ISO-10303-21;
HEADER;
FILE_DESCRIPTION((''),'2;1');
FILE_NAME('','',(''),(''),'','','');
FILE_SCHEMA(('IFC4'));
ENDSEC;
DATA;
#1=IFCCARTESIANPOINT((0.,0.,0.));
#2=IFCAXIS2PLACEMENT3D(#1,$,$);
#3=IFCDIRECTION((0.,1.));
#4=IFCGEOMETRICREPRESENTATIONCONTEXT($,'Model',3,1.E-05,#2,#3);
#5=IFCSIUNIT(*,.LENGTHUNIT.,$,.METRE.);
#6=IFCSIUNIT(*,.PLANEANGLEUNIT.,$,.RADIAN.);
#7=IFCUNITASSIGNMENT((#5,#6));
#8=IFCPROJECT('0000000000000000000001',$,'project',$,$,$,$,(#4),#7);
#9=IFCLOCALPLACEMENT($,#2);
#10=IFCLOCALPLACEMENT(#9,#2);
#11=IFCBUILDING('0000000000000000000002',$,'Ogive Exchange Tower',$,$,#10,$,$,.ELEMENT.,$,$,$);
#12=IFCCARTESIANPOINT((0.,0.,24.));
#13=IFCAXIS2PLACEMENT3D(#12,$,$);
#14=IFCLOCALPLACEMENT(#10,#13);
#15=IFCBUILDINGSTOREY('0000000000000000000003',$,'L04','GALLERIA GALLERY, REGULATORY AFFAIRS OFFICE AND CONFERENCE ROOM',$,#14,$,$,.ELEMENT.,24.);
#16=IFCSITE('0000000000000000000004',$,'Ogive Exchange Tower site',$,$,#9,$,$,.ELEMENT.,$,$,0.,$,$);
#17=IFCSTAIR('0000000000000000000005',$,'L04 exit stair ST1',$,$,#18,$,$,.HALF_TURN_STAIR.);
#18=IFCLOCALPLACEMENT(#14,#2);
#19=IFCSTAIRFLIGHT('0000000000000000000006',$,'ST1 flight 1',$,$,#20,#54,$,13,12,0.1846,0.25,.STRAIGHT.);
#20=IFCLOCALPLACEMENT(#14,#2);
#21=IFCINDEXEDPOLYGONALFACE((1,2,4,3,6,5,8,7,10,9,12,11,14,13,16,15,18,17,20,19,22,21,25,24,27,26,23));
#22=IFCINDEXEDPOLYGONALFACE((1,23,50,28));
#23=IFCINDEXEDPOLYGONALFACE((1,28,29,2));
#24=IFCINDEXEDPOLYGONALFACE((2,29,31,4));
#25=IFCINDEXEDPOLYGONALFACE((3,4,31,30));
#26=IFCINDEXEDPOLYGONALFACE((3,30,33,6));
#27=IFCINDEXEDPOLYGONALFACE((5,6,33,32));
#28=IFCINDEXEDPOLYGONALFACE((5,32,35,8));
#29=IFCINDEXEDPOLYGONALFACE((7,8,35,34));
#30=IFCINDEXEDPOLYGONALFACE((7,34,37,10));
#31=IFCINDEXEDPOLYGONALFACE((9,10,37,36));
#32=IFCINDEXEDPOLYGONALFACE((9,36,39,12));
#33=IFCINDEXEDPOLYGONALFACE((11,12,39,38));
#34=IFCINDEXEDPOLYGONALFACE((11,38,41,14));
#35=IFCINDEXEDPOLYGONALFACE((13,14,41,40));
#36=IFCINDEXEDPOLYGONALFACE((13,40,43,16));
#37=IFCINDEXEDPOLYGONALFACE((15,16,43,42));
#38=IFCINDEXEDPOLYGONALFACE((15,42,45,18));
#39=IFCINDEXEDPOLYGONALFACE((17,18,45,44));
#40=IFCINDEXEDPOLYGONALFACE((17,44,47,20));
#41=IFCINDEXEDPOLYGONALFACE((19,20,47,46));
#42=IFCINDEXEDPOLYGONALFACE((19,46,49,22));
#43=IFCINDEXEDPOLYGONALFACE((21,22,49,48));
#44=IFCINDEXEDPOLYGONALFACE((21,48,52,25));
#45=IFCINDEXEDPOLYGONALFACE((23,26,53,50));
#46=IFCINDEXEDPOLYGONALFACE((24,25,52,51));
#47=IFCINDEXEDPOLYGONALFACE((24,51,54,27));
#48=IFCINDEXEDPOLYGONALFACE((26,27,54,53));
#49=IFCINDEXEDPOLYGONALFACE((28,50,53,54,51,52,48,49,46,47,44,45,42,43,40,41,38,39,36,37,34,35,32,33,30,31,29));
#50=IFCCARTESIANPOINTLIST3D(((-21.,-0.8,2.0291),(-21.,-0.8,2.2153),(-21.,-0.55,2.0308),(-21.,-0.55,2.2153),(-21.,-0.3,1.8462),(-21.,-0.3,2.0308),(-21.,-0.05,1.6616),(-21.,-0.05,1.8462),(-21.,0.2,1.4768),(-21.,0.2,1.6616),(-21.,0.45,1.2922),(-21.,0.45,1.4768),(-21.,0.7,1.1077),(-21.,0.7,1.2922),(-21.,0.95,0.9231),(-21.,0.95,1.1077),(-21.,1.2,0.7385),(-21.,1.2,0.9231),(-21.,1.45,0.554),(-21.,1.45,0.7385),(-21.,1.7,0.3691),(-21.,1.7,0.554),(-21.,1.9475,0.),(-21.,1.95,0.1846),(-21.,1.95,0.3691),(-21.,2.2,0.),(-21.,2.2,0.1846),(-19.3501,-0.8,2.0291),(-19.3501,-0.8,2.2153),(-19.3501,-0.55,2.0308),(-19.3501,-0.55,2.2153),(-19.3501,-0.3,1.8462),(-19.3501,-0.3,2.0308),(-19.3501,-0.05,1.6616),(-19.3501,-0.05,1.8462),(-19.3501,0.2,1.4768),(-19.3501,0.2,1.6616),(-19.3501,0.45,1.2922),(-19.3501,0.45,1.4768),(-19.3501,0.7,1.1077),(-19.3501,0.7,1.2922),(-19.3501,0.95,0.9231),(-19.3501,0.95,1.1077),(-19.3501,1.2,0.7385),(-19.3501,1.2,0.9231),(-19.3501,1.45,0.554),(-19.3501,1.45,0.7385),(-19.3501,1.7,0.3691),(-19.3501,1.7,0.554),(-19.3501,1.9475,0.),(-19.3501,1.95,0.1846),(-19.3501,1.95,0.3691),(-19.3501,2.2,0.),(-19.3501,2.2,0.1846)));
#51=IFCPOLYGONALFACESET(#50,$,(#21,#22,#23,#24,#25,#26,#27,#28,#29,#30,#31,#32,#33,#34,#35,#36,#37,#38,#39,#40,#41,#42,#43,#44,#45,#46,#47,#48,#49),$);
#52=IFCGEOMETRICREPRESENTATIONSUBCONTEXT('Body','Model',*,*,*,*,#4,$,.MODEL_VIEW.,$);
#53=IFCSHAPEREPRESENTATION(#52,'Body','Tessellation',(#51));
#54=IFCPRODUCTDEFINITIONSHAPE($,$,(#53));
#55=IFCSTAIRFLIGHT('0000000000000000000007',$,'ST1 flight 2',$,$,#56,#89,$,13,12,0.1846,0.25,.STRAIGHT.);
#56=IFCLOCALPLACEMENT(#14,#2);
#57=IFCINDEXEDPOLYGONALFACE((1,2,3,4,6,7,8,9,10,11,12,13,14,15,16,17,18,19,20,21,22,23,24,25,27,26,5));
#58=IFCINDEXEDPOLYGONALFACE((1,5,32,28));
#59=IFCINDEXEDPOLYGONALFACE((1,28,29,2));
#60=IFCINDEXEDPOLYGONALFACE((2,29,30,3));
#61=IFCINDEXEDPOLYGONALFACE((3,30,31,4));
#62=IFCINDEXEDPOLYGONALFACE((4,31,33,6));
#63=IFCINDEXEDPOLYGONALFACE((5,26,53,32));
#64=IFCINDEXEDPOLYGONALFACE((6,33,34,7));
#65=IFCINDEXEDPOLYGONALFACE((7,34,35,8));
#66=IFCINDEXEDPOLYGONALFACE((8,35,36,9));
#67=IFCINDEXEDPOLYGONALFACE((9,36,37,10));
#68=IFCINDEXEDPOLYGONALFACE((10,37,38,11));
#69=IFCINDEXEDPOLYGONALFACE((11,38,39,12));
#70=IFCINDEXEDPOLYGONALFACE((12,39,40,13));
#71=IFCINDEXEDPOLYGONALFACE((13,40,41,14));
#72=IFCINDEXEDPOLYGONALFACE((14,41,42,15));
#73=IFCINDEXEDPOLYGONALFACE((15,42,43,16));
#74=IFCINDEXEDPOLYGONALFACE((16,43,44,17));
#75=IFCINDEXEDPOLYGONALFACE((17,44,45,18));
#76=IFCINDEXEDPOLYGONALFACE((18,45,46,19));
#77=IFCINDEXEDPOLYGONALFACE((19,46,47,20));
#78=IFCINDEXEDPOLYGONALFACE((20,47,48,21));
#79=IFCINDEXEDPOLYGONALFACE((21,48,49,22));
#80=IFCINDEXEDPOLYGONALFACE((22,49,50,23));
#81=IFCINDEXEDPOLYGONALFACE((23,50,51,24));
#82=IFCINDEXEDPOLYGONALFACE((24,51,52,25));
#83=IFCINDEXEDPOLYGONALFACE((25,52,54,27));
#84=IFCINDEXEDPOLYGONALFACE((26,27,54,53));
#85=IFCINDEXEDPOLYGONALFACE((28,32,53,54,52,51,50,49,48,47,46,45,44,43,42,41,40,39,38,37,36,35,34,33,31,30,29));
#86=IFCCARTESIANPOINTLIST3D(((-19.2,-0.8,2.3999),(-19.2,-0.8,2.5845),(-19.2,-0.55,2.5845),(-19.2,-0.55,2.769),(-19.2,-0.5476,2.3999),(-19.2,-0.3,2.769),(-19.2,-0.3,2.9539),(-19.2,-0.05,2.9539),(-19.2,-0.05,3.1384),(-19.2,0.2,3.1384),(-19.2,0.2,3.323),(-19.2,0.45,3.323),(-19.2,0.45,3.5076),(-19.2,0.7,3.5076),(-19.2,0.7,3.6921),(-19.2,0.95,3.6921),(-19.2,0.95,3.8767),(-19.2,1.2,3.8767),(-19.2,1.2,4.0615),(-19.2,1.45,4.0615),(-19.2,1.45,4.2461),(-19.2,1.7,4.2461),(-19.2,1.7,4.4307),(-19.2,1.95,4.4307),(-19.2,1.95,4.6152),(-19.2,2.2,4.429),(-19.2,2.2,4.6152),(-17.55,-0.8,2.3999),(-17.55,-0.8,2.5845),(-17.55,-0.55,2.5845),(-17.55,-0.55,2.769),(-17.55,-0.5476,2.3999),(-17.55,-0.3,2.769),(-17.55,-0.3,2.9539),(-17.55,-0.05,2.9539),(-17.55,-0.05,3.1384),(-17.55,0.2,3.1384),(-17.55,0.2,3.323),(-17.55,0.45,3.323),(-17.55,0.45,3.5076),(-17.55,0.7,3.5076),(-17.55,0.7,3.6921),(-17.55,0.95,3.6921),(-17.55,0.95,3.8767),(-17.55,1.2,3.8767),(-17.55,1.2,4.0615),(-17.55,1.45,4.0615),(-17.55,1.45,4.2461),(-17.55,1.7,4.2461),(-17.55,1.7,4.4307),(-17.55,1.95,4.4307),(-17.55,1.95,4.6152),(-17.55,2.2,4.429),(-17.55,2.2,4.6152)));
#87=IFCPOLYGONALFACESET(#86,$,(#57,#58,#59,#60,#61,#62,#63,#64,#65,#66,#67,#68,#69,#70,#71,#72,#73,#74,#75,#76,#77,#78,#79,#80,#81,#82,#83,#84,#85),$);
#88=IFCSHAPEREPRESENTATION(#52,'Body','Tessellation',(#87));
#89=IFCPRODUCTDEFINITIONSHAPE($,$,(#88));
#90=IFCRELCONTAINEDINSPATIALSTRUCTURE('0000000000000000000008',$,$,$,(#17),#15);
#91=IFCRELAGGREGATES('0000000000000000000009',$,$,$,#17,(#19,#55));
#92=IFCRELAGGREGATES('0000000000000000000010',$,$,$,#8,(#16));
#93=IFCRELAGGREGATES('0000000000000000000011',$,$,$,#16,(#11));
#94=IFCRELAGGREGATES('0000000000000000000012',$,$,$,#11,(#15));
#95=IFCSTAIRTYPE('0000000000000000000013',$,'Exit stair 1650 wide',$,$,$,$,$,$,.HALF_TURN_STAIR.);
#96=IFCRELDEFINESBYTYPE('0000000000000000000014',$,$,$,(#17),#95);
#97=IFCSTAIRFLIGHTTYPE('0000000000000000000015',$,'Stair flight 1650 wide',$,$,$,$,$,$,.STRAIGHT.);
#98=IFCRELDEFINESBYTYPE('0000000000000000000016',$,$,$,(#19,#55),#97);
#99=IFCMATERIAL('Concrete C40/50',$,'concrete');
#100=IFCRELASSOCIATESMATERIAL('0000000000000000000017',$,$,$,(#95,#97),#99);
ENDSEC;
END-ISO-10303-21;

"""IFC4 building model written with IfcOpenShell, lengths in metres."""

from ifc_helpers import new_model, si_unit, direction, frame, origin, place, context, subcontext, project, spatial, polyline, outline, extrude, material, type_object, element, aggregate, save


model = new_model("IFC4")

# Units and contexts
model_context = context("Model", 3, precision=1e-05, world=origin(), true_north=direction((0.0, 1.0)))
body_context = subcontext(model_context, "Body", "Model", "MODEL_VIEW")
ifc_project = project(units=[si_unit("LENGTHUNIT", "METRE"), si_unit("PLANEANGLEUNIT", "RADIAN")], contexts=[model_context])

# Site, building, storey
site_placement = place(None, origin())
site = spatial("IfcSite", under=ifc_project, at=site_placement, Name="Ogive Exchange Tower site", CompositionType="ELEMENT", RefElevation=0.0)
building_placement = place(site_placement, origin())
building = spatial("IfcBuilding", under=site, at=building_placement, Name="Ogive Exchange Tower", CompositionType="ELEMENT")
storey_placement = place(building_placement, frame((0.0, 0.0, 24.0)))
storey = spatial("IfcBuildingStorey", under=building, at=storey_placement, Name="L04", Description="GALLERIA GALLERY, REGULATORY AFFAIRS OFFICE AND CONFERENCE ROOM", CompositionType="ELEMENT", Elevation=24.0)

# Stair, stair flights
ifc_material_1 = material(Name="Concrete C40/50", Category="concrete")
stair_type = type_object("IfcStairType", Name="Exit stair 1650 wide", PredefinedType="HALF_TURN_STAIR", material=ifc_material_1)
stair_placement = place(storey_placement, origin())
stair = element("IfcStair", 1, at=stair_placement, inside=storey, type_object=stair_type, Name="L04 exit stair ST1", PredefinedType="HALF_TURN_STAIR")
stair_flight_type = type_object("IfcStairFlightType", Name="Stair flight 1650 wide", PredefinedType="STRAIGHT", material=ifc_material_1)
stair_flight_1_placement = place(storey_placement, frame((-20.175, 2.2, 0.0), z_axis=(0.0, 0.0, 1.0), x_axis=(0.0, -1.0, 0.0)))
stair_flight_1 = element("IfcStairFlight", 2, at=stair_flight_1_placement, type_object=stair_flight_type, Name="ST1 flight 1", NumberOfRisers=13, NumberOfTreads=12, PredefinedType="STRAIGHT", RiserHeight=0.1846, TreadLength=0.25, context=body_context, shape_type="SweptSolid", body=[
    extrude(outline(polyline([(0.0, 0.0), (0.0, 0.1846), (0.25, 0.1846), (0.25, 0.3691), (0.5, 0.3691), (0.5, 0.554), (0.75, 0.554), (0.75, 0.7385), (1.0, 0.7385), (1.0, 0.9231), (1.25, 0.9231), (1.25, 1.1077), (1.5, 1.1077), (1.5, 1.2922), (1.75, 1.2922), (1.75, 1.4768), (2.0, 1.4768), (2.0, 1.6616), (2.25, 1.6616), (2.25, 1.8462), (2.5, 1.8462), (2.5, 2.0308), (2.75, 2.0308), (2.75, 2.2153), (3.0, 2.2153), (3.0, 2.3999), (3.0, 2.0291), (0.2524, 0.0), (0.0, 0.0)])), frame((0.0, 0.825, 0.0), z_axis=(0.0, -1.0, 0.0), x_axis=(1.0, 0.0, 0.0)), (0.0, 0.0, 1.0), 1.6499),
])
stair_flight_2_placement = place(storey_placement, frame((-18.375, -0.8, 2.3999), z_axis=(0.0, 0.0, 1.0), x_axis=(0.0, 1.0, 0.0)))
stair_flight_2 = element("IfcStairFlight", 3, at=stair_flight_2_placement, type_object=stair_flight_type, Name="ST1 flight 2", NumberOfRisers=13, NumberOfTreads=12, PredefinedType="STRAIGHT", RiserHeight=0.1846, TreadLength=0.25, context=body_context, shape_type="SweptSolid", body=[
    extrude(outline(polyline([(0.0, 0.0), (0.0, 0.1846), (0.25, 0.1846), (0.25, 0.3691), (0.5, 0.3691), (0.5, 0.554), (0.75, 0.554), (0.75, 0.7385), (1.0, 0.7385), (1.0, 0.9231), (1.25, 0.9231), (1.25, 1.1077), (1.5, 1.1077), (1.5, 1.2922), (1.75, 1.2922), (1.75, 1.4768), (2.0, 1.4768), (2.0, 1.6616), (2.25, 1.6616), (2.25, 1.8462), (2.5, 1.8462), (2.5, 2.0308), (2.75, 2.0308), (2.75, 2.2153), (3.0, 2.2153), (3.0, 2.3999), (3.0, 2.0291), (0.2524, 0.0), (0.0, 0.0)])), frame((0.0, 0.825, 0.0), z_axis=(0.0, -1.0, 0.0), x_axis=(1.0, 0.0, 0.0)), (0.0, 0.0, 1.0), 1.6499),
])
aggregate(stair, [stair_flight_1, stair_flight_2])

save(model, "model.ifc")
